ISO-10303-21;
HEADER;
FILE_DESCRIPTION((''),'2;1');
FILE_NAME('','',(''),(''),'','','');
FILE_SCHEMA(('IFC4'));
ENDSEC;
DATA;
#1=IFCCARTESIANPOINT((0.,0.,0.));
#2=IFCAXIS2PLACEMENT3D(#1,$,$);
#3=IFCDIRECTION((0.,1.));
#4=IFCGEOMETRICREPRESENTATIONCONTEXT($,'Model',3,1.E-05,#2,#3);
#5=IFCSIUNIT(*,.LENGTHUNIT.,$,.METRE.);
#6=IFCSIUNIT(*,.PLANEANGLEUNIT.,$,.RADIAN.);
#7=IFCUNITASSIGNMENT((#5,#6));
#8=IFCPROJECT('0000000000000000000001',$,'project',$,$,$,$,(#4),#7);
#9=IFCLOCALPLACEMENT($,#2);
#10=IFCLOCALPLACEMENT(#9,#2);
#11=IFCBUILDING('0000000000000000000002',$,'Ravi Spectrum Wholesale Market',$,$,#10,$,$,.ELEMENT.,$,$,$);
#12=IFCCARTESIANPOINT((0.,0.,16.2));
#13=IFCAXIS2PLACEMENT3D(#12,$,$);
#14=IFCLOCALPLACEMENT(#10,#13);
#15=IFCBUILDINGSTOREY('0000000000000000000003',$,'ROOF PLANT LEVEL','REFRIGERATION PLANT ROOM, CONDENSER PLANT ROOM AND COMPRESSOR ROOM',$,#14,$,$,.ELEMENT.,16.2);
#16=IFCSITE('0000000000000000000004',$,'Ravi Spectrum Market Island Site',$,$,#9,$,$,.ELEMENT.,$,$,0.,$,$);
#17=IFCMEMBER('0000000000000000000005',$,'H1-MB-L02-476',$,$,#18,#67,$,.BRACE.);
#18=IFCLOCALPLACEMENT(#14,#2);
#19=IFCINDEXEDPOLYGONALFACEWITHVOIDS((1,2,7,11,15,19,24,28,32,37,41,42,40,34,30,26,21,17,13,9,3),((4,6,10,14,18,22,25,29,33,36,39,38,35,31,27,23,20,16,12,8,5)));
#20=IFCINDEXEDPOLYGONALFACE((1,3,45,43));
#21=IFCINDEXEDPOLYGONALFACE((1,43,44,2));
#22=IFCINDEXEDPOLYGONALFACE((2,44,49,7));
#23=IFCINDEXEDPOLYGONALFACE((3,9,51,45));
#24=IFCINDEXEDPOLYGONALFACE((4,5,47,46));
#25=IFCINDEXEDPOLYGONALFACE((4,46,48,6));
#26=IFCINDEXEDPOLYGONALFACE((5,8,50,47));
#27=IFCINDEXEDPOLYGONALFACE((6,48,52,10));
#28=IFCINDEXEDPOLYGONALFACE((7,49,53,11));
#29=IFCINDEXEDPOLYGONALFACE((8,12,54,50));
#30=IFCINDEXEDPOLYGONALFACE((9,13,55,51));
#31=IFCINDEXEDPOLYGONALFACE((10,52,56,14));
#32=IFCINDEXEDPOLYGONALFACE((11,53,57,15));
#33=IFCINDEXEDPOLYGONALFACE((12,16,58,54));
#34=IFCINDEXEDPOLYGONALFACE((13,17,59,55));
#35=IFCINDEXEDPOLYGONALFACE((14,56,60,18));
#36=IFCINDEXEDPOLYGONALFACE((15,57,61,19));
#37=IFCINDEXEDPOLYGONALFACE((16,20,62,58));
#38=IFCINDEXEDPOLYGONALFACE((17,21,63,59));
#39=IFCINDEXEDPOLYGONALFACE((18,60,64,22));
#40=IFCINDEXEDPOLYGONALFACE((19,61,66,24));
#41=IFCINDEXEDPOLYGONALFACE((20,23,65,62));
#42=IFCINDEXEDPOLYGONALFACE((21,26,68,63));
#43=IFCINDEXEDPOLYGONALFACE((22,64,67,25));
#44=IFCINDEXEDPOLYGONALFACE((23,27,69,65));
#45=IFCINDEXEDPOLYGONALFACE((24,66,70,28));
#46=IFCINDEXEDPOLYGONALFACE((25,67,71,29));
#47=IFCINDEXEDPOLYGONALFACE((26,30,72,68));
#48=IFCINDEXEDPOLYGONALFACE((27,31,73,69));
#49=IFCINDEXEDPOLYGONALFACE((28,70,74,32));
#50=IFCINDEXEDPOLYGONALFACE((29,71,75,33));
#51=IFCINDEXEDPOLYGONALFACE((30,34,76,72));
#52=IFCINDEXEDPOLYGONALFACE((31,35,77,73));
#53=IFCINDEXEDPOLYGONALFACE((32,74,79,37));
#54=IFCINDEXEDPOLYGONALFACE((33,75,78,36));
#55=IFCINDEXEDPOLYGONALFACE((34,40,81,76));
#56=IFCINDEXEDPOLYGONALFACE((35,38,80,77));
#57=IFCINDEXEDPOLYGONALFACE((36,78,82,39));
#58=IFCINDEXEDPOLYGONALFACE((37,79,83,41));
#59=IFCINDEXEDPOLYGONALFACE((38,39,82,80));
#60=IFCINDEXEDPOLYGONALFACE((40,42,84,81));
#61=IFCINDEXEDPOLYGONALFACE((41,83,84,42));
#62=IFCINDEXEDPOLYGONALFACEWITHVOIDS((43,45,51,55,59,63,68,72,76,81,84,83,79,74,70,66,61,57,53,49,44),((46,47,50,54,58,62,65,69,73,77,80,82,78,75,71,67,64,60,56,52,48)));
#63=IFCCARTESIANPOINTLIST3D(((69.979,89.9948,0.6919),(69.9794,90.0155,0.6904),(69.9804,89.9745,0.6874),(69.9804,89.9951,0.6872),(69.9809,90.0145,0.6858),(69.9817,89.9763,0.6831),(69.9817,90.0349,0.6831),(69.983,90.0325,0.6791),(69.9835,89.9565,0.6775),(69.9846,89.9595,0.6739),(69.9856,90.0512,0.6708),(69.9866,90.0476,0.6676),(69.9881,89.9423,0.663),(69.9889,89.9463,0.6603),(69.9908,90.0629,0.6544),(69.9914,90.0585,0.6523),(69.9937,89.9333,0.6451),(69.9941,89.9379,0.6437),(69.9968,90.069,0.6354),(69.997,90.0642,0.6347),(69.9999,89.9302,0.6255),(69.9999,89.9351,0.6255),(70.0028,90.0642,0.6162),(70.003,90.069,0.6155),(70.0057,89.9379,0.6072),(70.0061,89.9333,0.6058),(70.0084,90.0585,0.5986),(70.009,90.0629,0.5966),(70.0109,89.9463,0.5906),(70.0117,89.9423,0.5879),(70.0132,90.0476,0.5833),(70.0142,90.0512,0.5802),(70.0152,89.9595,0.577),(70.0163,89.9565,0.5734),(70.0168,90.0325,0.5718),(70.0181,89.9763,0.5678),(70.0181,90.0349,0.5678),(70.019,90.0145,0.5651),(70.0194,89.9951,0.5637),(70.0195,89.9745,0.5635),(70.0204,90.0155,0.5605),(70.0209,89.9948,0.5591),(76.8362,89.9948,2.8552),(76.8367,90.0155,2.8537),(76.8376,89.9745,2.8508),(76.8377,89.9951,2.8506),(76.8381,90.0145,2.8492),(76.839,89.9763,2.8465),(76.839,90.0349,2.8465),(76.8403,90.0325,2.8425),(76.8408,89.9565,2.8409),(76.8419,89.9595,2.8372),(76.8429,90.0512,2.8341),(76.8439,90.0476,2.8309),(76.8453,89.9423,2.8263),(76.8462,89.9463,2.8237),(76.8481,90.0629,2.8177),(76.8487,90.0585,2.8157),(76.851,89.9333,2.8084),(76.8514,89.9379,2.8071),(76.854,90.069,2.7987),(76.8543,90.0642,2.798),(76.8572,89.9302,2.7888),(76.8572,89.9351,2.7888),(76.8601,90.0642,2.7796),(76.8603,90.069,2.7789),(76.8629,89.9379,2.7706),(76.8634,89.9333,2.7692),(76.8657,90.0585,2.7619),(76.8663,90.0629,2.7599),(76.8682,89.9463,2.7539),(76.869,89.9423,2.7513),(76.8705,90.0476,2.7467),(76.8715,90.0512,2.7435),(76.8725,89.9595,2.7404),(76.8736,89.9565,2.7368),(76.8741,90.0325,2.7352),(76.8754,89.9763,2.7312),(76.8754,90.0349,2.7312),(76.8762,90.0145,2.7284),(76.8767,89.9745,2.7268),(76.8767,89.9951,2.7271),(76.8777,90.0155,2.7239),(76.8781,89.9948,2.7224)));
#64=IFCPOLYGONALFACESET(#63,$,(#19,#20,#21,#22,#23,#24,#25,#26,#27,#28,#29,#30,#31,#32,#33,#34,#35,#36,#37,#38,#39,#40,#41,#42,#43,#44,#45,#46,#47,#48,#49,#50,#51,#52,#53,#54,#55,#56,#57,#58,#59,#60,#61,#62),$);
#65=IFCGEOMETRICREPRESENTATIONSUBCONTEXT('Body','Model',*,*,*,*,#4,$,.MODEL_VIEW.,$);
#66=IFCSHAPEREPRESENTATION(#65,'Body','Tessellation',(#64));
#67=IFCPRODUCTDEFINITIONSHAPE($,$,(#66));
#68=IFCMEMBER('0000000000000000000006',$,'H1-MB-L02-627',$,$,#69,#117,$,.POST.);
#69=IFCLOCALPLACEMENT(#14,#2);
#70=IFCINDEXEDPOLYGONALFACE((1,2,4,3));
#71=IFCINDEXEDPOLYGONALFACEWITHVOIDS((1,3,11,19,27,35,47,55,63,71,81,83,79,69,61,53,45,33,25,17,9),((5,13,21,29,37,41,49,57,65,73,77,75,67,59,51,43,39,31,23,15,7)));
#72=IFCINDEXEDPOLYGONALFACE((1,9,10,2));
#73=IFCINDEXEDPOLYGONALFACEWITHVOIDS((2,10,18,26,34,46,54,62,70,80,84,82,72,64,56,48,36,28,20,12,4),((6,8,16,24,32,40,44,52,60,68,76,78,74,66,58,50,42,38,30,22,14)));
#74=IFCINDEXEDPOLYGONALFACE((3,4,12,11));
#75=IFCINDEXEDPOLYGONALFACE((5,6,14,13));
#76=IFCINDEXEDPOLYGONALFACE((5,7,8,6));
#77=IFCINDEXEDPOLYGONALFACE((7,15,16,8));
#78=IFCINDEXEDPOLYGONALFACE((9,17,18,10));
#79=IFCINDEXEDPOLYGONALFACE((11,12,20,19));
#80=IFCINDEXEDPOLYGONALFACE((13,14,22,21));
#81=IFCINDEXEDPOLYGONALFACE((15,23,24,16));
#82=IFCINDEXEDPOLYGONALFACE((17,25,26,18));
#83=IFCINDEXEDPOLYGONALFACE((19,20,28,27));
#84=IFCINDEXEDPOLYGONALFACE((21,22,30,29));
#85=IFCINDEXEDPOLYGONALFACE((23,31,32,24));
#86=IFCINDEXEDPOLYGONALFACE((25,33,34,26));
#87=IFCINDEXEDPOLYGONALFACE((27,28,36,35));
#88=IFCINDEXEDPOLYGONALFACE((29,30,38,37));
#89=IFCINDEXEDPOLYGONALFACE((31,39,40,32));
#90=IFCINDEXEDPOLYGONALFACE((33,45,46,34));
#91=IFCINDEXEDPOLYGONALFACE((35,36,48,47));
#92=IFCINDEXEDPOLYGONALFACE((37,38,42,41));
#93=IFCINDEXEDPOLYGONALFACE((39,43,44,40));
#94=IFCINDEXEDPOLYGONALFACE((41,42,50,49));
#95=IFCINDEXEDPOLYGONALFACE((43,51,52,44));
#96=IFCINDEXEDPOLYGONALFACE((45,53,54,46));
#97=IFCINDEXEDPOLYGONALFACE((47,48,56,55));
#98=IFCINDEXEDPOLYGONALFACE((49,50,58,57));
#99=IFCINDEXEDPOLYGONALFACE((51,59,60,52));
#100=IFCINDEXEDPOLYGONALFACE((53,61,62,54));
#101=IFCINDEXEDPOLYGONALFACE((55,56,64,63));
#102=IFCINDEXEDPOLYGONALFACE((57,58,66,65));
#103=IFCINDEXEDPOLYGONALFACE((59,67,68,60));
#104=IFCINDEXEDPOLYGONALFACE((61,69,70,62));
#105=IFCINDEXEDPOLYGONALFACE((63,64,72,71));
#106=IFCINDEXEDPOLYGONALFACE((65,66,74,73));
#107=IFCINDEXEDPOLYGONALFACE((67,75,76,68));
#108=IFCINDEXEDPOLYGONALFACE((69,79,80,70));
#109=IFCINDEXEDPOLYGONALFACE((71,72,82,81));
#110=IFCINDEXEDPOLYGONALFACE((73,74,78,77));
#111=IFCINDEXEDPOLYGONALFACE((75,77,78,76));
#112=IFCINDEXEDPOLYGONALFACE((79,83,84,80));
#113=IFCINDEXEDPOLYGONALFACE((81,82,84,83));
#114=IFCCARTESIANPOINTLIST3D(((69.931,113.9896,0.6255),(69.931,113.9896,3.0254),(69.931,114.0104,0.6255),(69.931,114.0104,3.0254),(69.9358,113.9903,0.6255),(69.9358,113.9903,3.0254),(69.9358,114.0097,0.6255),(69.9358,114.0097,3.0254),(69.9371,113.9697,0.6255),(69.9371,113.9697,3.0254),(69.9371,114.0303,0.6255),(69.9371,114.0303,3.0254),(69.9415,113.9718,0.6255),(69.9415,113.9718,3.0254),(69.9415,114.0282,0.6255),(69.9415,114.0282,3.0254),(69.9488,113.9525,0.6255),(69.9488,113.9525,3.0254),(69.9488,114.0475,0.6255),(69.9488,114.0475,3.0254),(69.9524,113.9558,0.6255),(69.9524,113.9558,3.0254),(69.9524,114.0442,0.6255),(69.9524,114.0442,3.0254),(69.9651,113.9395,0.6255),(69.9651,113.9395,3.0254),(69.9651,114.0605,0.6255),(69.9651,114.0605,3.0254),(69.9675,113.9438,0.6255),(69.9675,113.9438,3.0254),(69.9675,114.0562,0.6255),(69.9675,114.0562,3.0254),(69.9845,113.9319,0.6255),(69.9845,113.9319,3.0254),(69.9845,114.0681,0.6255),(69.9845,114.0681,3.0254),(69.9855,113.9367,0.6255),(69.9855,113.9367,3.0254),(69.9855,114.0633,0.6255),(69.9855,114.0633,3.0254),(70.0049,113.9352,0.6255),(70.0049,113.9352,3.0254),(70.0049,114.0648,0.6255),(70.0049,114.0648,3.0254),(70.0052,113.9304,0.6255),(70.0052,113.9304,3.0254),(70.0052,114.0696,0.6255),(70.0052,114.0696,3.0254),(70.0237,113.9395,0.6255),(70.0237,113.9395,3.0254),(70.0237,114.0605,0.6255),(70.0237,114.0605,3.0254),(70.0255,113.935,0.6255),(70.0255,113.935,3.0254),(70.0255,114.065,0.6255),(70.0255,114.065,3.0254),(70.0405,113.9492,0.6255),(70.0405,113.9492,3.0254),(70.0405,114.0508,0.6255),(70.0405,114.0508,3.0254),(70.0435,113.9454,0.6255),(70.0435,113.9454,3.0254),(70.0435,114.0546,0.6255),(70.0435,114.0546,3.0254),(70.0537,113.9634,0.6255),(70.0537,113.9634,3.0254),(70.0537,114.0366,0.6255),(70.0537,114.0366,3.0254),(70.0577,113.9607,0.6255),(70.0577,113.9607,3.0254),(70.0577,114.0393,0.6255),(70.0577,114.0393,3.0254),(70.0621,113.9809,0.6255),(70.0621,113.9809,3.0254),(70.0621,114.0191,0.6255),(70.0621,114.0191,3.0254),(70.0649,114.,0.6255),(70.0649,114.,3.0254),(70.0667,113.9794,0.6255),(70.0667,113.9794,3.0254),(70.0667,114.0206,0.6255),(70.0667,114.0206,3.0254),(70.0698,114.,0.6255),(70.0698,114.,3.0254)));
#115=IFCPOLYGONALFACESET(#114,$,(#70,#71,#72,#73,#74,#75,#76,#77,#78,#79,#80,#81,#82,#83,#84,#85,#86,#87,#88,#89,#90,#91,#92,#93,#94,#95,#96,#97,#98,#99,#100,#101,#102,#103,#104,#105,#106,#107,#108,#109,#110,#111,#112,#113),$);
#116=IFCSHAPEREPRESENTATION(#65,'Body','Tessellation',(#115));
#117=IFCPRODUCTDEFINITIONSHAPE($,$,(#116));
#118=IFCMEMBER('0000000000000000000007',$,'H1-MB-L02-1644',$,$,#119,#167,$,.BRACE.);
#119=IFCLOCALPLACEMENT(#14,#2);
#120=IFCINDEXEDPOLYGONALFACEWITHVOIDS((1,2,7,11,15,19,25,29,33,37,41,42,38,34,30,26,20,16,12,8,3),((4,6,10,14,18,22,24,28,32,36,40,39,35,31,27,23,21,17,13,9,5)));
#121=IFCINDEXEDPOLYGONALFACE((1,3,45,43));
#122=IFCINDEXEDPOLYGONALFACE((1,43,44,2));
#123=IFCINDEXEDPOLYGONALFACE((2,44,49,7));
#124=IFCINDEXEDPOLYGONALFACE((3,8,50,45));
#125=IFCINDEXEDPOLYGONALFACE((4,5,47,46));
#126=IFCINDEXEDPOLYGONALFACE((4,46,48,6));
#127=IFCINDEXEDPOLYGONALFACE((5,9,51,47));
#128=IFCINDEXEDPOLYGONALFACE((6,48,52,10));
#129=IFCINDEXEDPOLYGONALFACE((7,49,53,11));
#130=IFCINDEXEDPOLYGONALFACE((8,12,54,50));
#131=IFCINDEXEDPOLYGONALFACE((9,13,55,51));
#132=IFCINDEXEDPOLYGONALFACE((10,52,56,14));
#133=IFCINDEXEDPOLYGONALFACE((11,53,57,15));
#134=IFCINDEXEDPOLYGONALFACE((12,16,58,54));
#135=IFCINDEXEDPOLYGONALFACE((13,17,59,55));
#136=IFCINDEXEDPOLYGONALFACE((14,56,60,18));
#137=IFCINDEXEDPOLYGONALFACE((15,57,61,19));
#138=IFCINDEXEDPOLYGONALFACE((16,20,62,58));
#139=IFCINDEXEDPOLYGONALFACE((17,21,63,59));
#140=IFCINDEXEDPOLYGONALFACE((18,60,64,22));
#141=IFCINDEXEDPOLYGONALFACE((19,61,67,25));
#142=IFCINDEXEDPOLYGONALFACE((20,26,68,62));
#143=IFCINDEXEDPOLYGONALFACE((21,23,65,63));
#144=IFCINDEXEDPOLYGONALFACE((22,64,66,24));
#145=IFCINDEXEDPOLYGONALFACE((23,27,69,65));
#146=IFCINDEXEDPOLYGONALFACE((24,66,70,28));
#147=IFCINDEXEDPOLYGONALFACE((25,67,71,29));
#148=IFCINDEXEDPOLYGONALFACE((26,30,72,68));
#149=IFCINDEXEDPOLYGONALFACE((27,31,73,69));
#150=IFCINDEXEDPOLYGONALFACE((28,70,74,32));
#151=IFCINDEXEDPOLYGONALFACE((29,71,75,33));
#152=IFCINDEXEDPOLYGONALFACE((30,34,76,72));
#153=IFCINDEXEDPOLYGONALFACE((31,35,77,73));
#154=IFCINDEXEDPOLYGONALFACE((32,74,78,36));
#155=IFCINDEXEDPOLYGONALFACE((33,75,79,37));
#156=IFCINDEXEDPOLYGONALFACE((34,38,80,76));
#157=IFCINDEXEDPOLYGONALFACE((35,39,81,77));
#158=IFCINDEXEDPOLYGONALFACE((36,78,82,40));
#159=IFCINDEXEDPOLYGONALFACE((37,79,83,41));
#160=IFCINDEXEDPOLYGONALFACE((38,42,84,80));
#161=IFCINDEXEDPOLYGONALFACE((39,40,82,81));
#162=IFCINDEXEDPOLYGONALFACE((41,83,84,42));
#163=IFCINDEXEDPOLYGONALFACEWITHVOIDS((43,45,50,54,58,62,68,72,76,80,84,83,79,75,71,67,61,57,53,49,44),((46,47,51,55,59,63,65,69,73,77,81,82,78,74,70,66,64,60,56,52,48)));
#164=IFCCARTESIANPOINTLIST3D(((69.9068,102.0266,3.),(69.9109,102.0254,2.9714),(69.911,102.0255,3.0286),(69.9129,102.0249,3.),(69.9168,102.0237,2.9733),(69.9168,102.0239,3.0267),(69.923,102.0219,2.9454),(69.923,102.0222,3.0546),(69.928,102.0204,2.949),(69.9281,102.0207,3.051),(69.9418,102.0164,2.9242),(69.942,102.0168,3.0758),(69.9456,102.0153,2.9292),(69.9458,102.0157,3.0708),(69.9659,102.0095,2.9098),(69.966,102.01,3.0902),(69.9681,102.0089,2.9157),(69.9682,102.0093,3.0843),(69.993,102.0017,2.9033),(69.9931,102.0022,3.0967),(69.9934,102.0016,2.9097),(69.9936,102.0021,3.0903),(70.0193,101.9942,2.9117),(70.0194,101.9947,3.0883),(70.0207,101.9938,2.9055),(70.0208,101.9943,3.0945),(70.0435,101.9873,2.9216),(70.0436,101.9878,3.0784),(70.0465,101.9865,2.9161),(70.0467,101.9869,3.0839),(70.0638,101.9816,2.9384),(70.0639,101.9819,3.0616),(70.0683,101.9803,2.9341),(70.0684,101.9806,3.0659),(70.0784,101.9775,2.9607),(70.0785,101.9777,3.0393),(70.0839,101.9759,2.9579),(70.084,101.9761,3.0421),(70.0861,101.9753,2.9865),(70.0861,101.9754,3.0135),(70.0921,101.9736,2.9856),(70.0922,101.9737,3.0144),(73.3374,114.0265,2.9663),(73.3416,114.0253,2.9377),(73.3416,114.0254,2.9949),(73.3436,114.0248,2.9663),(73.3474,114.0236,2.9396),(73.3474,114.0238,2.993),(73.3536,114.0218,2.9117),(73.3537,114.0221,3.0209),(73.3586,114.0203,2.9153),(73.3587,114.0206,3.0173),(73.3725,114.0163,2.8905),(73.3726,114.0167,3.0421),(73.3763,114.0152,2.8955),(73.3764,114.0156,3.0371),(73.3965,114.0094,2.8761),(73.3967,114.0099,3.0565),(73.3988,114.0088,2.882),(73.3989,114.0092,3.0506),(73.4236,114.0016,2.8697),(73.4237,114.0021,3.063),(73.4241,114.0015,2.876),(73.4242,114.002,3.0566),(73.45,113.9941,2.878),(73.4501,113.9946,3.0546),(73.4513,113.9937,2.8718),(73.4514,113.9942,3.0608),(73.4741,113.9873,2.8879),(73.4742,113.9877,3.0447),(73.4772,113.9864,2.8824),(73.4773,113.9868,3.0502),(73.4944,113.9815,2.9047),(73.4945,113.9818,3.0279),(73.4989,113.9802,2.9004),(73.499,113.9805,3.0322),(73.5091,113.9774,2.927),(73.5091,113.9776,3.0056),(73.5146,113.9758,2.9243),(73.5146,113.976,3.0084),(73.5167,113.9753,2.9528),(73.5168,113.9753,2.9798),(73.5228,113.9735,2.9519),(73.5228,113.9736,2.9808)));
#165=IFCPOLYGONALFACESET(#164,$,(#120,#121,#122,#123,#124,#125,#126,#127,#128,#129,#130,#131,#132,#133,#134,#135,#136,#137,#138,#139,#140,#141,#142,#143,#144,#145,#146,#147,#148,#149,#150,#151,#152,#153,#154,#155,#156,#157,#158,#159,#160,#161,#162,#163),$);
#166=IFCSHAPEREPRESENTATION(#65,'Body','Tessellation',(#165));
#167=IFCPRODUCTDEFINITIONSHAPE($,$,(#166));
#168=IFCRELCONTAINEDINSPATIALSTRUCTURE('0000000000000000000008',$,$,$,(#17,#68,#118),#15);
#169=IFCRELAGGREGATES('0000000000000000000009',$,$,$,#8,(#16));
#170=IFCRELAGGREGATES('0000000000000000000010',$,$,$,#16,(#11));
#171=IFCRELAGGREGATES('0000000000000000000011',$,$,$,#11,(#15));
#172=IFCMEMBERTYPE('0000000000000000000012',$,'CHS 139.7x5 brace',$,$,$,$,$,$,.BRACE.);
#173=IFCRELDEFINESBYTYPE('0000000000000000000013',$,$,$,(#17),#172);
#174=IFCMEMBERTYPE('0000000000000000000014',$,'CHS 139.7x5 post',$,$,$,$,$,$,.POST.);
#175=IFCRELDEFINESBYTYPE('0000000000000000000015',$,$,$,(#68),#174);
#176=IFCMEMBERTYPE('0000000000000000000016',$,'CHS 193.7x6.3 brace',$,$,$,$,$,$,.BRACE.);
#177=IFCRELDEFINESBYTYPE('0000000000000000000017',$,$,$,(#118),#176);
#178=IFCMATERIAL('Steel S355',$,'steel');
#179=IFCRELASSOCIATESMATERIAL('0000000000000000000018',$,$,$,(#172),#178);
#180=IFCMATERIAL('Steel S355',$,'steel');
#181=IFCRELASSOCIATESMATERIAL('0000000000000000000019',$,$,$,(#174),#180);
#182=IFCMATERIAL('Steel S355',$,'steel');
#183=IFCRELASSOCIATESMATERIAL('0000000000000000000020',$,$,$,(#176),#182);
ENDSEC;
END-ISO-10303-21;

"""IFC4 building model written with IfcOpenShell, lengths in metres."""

from ifc_helpers import new_model, si_unit, direction, frame, origin, origin_2d, place, context, subcontext, project, spatial, hollow_circle, extrude, material, material_profile, profile_set, type_object, element, save


model = new_model("IFC4")

# Units and contexts
model_context = context("Model", 3, precision=1e-05, world=origin(), true_north=direction((0.0, 1.0)))
body_context = subcontext(model_context, "Body", "Model", "MODEL_VIEW")
ifc_project = project(units=[si_unit("LENGTHUNIT", "METRE"), si_unit("PLANEANGLEUNIT", "RADIAN")], contexts=[model_context])

# Site, building, storey
site_placement = place(None, origin())
site = spatial("IfcSite", under=ifc_project, at=site_placement, Name="Ravi Spectrum Market Island Site", CompositionType="ELEMENT", RefElevation=0.0)
building_placement = place(site_placement, origin())
building = spatial("IfcBuilding", under=site, at=building_placement, Name="Ravi Spectrum Wholesale Market", CompositionType="ELEMENT")
storey_placement = place(building_placement, frame((0.0, 0.0, 16.2)))
storey = spatial("IfcBuildingStorey", under=building, at=storey_placement, Name="ROOF PLANT LEVEL", Description="REFRIGERATION PLANT ROOM, CONDENSER PLANT ROOM AND COMPRESSOR ROOM", CompositionType="ELEMENT", Elevation=16.2)

# Members
ifc_material_1 = material(Name="Steel S355", Category="steel")
ifc_material_profile_1 = material_profile(ifc_material_1, hollow_circle(Radius=0.0698, WallThickness=0.0049, at=origin_2d()))
ifc_profile_set_1 = profile_set([ifc_material_profile_1], Name="Steel S355")
member_type_1 = type_object("IfcMemberType", Name="CHS 139.7x5 brace", PredefinedType="BRACE", material=ifc_profile_set_1)
member_1_placement = place(storey_placement, frame((76.8572, 90.0, 2.7888), z_axis=(-0.953666, 0.0, -0.300866), x_axis=(0.0, -1.0, 0.0)))
element("IfcMember", 1, at=member_1_placement, inside=storey, type_object=member_type_1, Name="H1-MB-L02-476", PredefinedType="BRACE", context=body_context, shape_type="SweptSolid", body=[
    extrude(hollow_circle(Radius=0.0698, WallThickness=0.0049, at=origin_2d()), origin(), (0.0, 0.0, 1.0), 7.1904),
])
ifc_material_2 = material(Name="Steel S355", Category="steel")
ifc_material_profile_2 = material_profile(ifc_material_2, hollow_circle(Radius=0.0698, WallThickness=0.0049, at=origin_2d()))
ifc_profile_set_2 = profile_set([ifc_material_profile_2], Name="Steel S355")
member_type_2 = type_object("IfcMemberType", Name="CHS 139.7x5 post", PredefinedType="POST", material=ifc_profile_set_2)
member_2_placement = place(storey_placement, frame((70.0, 114.0, 3.0254), z_axis=(0.0, 0.0, -1.0), x_axis=(1.0, 0.0, 0.0)))
element("IfcMember", 2, at=member_2_placement, inside=storey, type_object=member_type_2, Name="H1-MB-L02-627", PredefinedType="POST", context=body_context, shape_type="SweptSolid", body=[
    extrude(hollow_circle(Radius=0.0698, WallThickness=0.0049, at=origin_2d()), origin(), (0.0, 0.0, 1.0), 2.3999),
])
ifc_material_3 = material(Name="Steel S355", Category="steel")
ifc_material_profile_3 = material_profile(ifc_material_3, hollow_circle(Radius=0.0969, WallThickness=0.0063, at=origin_2d()))
ifc_profile_set_3 = profile_set([ifc_material_profile_3], Name="Steel S355")
member_type_3 = type_object("IfcMemberType", Name="CHS 193.7x6.3 brace", PredefinedType="BRACE", material=ifc_profile_set_3)
for number, where, z_axis, x_axis, name in (
    (3, (70.0, 102.0, 3.0), (0.274875, 0.961476, -0.002699), (-0.96148, 0.274876, 0.0), "H1-MB-L02-1644"),
):
    element("IfcMember", number, at=place(storey_placement, frame(where, z_axis=z_axis, x_axis=x_axis)), inside=storey, type_object=member_type_3, Name=name, PredefinedType="BRACE", context=body_context, shape_type="SweptSolid", body=[
        extrude(hollow_circle(Radius=0.0969, WallThickness=0.0063, at=origin_2d()), origin(), (0.0, 0.0, 1.0), 12.4807),
    ])

save(model, "model.ifc")
